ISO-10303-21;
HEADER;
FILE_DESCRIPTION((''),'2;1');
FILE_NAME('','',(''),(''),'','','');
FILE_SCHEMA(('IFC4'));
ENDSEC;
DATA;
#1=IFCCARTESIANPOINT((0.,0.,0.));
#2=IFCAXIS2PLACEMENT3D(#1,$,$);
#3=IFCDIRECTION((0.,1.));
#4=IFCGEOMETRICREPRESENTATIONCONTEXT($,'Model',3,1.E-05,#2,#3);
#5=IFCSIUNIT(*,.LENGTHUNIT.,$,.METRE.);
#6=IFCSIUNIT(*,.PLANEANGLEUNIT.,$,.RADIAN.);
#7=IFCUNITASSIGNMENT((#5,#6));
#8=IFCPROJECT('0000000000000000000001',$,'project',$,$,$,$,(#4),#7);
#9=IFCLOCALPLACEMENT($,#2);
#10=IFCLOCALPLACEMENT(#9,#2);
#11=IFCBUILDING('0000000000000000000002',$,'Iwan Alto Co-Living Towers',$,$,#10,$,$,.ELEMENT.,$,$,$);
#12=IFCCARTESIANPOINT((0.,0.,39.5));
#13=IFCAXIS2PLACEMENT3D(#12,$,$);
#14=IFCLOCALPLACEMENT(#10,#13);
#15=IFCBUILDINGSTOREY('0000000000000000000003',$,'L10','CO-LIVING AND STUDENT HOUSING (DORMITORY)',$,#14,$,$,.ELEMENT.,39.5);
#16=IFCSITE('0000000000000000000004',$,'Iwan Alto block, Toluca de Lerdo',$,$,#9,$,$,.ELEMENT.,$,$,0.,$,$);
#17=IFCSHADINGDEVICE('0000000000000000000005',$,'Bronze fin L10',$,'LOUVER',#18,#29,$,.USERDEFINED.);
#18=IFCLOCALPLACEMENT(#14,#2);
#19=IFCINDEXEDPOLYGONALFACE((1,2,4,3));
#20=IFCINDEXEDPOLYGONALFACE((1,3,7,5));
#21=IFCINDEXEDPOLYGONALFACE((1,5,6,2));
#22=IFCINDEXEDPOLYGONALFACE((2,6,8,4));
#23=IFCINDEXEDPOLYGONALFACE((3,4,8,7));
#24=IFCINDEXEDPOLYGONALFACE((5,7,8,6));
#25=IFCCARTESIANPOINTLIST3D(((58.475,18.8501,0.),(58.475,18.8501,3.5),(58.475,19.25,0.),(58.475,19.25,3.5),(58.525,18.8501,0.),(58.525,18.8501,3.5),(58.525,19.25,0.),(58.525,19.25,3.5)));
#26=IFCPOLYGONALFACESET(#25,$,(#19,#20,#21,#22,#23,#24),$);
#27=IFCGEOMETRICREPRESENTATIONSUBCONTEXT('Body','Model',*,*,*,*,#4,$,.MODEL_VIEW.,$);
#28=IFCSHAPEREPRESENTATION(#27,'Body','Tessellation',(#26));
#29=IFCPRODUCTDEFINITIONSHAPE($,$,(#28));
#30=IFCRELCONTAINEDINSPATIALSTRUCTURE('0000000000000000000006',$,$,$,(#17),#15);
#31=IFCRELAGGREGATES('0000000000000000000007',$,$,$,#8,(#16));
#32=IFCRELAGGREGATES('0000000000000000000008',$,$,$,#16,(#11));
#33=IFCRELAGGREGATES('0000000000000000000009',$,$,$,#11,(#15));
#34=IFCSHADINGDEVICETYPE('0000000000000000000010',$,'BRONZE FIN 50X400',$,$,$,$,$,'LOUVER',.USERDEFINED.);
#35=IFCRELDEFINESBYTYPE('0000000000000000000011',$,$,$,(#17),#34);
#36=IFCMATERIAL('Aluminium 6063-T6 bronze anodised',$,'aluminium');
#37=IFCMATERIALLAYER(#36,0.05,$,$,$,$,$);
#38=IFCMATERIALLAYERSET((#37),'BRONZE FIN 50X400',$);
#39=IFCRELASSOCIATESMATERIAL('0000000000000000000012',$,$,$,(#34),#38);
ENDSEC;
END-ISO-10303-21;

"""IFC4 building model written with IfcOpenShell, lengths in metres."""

from ifc_helpers import new_model, si_unit, direction, frame, origin, origin_2d, place, context, subcontext, project, spatial, rectangle, extrude, material, layer, layer_set, type_object, element, save


model = new_model("IFC4")

# Units and contexts
model_context = context("Model", 3, precision=1e-05, world=origin(), true_north=direction((0.0, 1.0)))
body_context = subcontext(model_context, "Body", "Model", "MODEL_VIEW")
ifc_project = project(units=[si_unit("LENGTHUNIT", "METRE"), si_unit("PLANEANGLEUNIT", "RADIAN")], contexts=[model_context])

# Site, building, storey
site_placement = place(None, origin())
site = spatial("IfcSite", under=ifc_project, at=site_placement, Name="Iwan Alto block, Toluca de Lerdo", CompositionType="ELEMENT", RefElevation=0.0)
building_placement = place(site_placement, origin())
building = spatial("IfcBuilding", under=site, at=building_placement, Name="Iwan Alto Co-Living Towers", CompositionType="ELEMENT")
storey_placement = place(building_placement, frame((0.0, 0.0, 39.5)))
storey = spatial("IfcBuildingStorey", under=building, at=storey_placement, Name="L10", Description="CO-LIVING AND STUDENT HOUSING (DORMITORY)", CompositionType="ELEMENT", Elevation=39.5)

# Shading device
ifc_material_1 = material(Name="Aluminium 6063-T6 bronze anodised", Category="aluminium")
ifc_layer_1 = layer(ifc_material_1, 0.05)
ifc_layer_set_1 = layer_set([ifc_layer_1], Name="BRONZE FIN 50X400")
shading_device_type = type_object("IfcShadingDeviceType", Name="BRONZE FIN 50X400", ElementType="LOUVER", PredefinedType="USERDEFINED", material=ifc_layer_set_1)
shading_device_placement = place(storey_placement, frame((58.5, 19.05, 0.0), z_axis=(0.0, 0.0, 1.0), x_axis=(-1.0, 0.0, 0.0)))
element("IfcShadingDevice", 1, at=shading_device_placement, inside=storey, type_object=shading_device_type, Name="Bronze fin L10", ObjectType="LOUVER", PredefinedType="USERDEFINED", context=body_context, shape_type="SweptSolid", body=[
    extrude(rectangle(XDim=0.05, YDim=0.3999, at=origin_2d()), origin(), (0.0, 0.0, 1.0), 3.5),
])

save(model, "model.ifc")
